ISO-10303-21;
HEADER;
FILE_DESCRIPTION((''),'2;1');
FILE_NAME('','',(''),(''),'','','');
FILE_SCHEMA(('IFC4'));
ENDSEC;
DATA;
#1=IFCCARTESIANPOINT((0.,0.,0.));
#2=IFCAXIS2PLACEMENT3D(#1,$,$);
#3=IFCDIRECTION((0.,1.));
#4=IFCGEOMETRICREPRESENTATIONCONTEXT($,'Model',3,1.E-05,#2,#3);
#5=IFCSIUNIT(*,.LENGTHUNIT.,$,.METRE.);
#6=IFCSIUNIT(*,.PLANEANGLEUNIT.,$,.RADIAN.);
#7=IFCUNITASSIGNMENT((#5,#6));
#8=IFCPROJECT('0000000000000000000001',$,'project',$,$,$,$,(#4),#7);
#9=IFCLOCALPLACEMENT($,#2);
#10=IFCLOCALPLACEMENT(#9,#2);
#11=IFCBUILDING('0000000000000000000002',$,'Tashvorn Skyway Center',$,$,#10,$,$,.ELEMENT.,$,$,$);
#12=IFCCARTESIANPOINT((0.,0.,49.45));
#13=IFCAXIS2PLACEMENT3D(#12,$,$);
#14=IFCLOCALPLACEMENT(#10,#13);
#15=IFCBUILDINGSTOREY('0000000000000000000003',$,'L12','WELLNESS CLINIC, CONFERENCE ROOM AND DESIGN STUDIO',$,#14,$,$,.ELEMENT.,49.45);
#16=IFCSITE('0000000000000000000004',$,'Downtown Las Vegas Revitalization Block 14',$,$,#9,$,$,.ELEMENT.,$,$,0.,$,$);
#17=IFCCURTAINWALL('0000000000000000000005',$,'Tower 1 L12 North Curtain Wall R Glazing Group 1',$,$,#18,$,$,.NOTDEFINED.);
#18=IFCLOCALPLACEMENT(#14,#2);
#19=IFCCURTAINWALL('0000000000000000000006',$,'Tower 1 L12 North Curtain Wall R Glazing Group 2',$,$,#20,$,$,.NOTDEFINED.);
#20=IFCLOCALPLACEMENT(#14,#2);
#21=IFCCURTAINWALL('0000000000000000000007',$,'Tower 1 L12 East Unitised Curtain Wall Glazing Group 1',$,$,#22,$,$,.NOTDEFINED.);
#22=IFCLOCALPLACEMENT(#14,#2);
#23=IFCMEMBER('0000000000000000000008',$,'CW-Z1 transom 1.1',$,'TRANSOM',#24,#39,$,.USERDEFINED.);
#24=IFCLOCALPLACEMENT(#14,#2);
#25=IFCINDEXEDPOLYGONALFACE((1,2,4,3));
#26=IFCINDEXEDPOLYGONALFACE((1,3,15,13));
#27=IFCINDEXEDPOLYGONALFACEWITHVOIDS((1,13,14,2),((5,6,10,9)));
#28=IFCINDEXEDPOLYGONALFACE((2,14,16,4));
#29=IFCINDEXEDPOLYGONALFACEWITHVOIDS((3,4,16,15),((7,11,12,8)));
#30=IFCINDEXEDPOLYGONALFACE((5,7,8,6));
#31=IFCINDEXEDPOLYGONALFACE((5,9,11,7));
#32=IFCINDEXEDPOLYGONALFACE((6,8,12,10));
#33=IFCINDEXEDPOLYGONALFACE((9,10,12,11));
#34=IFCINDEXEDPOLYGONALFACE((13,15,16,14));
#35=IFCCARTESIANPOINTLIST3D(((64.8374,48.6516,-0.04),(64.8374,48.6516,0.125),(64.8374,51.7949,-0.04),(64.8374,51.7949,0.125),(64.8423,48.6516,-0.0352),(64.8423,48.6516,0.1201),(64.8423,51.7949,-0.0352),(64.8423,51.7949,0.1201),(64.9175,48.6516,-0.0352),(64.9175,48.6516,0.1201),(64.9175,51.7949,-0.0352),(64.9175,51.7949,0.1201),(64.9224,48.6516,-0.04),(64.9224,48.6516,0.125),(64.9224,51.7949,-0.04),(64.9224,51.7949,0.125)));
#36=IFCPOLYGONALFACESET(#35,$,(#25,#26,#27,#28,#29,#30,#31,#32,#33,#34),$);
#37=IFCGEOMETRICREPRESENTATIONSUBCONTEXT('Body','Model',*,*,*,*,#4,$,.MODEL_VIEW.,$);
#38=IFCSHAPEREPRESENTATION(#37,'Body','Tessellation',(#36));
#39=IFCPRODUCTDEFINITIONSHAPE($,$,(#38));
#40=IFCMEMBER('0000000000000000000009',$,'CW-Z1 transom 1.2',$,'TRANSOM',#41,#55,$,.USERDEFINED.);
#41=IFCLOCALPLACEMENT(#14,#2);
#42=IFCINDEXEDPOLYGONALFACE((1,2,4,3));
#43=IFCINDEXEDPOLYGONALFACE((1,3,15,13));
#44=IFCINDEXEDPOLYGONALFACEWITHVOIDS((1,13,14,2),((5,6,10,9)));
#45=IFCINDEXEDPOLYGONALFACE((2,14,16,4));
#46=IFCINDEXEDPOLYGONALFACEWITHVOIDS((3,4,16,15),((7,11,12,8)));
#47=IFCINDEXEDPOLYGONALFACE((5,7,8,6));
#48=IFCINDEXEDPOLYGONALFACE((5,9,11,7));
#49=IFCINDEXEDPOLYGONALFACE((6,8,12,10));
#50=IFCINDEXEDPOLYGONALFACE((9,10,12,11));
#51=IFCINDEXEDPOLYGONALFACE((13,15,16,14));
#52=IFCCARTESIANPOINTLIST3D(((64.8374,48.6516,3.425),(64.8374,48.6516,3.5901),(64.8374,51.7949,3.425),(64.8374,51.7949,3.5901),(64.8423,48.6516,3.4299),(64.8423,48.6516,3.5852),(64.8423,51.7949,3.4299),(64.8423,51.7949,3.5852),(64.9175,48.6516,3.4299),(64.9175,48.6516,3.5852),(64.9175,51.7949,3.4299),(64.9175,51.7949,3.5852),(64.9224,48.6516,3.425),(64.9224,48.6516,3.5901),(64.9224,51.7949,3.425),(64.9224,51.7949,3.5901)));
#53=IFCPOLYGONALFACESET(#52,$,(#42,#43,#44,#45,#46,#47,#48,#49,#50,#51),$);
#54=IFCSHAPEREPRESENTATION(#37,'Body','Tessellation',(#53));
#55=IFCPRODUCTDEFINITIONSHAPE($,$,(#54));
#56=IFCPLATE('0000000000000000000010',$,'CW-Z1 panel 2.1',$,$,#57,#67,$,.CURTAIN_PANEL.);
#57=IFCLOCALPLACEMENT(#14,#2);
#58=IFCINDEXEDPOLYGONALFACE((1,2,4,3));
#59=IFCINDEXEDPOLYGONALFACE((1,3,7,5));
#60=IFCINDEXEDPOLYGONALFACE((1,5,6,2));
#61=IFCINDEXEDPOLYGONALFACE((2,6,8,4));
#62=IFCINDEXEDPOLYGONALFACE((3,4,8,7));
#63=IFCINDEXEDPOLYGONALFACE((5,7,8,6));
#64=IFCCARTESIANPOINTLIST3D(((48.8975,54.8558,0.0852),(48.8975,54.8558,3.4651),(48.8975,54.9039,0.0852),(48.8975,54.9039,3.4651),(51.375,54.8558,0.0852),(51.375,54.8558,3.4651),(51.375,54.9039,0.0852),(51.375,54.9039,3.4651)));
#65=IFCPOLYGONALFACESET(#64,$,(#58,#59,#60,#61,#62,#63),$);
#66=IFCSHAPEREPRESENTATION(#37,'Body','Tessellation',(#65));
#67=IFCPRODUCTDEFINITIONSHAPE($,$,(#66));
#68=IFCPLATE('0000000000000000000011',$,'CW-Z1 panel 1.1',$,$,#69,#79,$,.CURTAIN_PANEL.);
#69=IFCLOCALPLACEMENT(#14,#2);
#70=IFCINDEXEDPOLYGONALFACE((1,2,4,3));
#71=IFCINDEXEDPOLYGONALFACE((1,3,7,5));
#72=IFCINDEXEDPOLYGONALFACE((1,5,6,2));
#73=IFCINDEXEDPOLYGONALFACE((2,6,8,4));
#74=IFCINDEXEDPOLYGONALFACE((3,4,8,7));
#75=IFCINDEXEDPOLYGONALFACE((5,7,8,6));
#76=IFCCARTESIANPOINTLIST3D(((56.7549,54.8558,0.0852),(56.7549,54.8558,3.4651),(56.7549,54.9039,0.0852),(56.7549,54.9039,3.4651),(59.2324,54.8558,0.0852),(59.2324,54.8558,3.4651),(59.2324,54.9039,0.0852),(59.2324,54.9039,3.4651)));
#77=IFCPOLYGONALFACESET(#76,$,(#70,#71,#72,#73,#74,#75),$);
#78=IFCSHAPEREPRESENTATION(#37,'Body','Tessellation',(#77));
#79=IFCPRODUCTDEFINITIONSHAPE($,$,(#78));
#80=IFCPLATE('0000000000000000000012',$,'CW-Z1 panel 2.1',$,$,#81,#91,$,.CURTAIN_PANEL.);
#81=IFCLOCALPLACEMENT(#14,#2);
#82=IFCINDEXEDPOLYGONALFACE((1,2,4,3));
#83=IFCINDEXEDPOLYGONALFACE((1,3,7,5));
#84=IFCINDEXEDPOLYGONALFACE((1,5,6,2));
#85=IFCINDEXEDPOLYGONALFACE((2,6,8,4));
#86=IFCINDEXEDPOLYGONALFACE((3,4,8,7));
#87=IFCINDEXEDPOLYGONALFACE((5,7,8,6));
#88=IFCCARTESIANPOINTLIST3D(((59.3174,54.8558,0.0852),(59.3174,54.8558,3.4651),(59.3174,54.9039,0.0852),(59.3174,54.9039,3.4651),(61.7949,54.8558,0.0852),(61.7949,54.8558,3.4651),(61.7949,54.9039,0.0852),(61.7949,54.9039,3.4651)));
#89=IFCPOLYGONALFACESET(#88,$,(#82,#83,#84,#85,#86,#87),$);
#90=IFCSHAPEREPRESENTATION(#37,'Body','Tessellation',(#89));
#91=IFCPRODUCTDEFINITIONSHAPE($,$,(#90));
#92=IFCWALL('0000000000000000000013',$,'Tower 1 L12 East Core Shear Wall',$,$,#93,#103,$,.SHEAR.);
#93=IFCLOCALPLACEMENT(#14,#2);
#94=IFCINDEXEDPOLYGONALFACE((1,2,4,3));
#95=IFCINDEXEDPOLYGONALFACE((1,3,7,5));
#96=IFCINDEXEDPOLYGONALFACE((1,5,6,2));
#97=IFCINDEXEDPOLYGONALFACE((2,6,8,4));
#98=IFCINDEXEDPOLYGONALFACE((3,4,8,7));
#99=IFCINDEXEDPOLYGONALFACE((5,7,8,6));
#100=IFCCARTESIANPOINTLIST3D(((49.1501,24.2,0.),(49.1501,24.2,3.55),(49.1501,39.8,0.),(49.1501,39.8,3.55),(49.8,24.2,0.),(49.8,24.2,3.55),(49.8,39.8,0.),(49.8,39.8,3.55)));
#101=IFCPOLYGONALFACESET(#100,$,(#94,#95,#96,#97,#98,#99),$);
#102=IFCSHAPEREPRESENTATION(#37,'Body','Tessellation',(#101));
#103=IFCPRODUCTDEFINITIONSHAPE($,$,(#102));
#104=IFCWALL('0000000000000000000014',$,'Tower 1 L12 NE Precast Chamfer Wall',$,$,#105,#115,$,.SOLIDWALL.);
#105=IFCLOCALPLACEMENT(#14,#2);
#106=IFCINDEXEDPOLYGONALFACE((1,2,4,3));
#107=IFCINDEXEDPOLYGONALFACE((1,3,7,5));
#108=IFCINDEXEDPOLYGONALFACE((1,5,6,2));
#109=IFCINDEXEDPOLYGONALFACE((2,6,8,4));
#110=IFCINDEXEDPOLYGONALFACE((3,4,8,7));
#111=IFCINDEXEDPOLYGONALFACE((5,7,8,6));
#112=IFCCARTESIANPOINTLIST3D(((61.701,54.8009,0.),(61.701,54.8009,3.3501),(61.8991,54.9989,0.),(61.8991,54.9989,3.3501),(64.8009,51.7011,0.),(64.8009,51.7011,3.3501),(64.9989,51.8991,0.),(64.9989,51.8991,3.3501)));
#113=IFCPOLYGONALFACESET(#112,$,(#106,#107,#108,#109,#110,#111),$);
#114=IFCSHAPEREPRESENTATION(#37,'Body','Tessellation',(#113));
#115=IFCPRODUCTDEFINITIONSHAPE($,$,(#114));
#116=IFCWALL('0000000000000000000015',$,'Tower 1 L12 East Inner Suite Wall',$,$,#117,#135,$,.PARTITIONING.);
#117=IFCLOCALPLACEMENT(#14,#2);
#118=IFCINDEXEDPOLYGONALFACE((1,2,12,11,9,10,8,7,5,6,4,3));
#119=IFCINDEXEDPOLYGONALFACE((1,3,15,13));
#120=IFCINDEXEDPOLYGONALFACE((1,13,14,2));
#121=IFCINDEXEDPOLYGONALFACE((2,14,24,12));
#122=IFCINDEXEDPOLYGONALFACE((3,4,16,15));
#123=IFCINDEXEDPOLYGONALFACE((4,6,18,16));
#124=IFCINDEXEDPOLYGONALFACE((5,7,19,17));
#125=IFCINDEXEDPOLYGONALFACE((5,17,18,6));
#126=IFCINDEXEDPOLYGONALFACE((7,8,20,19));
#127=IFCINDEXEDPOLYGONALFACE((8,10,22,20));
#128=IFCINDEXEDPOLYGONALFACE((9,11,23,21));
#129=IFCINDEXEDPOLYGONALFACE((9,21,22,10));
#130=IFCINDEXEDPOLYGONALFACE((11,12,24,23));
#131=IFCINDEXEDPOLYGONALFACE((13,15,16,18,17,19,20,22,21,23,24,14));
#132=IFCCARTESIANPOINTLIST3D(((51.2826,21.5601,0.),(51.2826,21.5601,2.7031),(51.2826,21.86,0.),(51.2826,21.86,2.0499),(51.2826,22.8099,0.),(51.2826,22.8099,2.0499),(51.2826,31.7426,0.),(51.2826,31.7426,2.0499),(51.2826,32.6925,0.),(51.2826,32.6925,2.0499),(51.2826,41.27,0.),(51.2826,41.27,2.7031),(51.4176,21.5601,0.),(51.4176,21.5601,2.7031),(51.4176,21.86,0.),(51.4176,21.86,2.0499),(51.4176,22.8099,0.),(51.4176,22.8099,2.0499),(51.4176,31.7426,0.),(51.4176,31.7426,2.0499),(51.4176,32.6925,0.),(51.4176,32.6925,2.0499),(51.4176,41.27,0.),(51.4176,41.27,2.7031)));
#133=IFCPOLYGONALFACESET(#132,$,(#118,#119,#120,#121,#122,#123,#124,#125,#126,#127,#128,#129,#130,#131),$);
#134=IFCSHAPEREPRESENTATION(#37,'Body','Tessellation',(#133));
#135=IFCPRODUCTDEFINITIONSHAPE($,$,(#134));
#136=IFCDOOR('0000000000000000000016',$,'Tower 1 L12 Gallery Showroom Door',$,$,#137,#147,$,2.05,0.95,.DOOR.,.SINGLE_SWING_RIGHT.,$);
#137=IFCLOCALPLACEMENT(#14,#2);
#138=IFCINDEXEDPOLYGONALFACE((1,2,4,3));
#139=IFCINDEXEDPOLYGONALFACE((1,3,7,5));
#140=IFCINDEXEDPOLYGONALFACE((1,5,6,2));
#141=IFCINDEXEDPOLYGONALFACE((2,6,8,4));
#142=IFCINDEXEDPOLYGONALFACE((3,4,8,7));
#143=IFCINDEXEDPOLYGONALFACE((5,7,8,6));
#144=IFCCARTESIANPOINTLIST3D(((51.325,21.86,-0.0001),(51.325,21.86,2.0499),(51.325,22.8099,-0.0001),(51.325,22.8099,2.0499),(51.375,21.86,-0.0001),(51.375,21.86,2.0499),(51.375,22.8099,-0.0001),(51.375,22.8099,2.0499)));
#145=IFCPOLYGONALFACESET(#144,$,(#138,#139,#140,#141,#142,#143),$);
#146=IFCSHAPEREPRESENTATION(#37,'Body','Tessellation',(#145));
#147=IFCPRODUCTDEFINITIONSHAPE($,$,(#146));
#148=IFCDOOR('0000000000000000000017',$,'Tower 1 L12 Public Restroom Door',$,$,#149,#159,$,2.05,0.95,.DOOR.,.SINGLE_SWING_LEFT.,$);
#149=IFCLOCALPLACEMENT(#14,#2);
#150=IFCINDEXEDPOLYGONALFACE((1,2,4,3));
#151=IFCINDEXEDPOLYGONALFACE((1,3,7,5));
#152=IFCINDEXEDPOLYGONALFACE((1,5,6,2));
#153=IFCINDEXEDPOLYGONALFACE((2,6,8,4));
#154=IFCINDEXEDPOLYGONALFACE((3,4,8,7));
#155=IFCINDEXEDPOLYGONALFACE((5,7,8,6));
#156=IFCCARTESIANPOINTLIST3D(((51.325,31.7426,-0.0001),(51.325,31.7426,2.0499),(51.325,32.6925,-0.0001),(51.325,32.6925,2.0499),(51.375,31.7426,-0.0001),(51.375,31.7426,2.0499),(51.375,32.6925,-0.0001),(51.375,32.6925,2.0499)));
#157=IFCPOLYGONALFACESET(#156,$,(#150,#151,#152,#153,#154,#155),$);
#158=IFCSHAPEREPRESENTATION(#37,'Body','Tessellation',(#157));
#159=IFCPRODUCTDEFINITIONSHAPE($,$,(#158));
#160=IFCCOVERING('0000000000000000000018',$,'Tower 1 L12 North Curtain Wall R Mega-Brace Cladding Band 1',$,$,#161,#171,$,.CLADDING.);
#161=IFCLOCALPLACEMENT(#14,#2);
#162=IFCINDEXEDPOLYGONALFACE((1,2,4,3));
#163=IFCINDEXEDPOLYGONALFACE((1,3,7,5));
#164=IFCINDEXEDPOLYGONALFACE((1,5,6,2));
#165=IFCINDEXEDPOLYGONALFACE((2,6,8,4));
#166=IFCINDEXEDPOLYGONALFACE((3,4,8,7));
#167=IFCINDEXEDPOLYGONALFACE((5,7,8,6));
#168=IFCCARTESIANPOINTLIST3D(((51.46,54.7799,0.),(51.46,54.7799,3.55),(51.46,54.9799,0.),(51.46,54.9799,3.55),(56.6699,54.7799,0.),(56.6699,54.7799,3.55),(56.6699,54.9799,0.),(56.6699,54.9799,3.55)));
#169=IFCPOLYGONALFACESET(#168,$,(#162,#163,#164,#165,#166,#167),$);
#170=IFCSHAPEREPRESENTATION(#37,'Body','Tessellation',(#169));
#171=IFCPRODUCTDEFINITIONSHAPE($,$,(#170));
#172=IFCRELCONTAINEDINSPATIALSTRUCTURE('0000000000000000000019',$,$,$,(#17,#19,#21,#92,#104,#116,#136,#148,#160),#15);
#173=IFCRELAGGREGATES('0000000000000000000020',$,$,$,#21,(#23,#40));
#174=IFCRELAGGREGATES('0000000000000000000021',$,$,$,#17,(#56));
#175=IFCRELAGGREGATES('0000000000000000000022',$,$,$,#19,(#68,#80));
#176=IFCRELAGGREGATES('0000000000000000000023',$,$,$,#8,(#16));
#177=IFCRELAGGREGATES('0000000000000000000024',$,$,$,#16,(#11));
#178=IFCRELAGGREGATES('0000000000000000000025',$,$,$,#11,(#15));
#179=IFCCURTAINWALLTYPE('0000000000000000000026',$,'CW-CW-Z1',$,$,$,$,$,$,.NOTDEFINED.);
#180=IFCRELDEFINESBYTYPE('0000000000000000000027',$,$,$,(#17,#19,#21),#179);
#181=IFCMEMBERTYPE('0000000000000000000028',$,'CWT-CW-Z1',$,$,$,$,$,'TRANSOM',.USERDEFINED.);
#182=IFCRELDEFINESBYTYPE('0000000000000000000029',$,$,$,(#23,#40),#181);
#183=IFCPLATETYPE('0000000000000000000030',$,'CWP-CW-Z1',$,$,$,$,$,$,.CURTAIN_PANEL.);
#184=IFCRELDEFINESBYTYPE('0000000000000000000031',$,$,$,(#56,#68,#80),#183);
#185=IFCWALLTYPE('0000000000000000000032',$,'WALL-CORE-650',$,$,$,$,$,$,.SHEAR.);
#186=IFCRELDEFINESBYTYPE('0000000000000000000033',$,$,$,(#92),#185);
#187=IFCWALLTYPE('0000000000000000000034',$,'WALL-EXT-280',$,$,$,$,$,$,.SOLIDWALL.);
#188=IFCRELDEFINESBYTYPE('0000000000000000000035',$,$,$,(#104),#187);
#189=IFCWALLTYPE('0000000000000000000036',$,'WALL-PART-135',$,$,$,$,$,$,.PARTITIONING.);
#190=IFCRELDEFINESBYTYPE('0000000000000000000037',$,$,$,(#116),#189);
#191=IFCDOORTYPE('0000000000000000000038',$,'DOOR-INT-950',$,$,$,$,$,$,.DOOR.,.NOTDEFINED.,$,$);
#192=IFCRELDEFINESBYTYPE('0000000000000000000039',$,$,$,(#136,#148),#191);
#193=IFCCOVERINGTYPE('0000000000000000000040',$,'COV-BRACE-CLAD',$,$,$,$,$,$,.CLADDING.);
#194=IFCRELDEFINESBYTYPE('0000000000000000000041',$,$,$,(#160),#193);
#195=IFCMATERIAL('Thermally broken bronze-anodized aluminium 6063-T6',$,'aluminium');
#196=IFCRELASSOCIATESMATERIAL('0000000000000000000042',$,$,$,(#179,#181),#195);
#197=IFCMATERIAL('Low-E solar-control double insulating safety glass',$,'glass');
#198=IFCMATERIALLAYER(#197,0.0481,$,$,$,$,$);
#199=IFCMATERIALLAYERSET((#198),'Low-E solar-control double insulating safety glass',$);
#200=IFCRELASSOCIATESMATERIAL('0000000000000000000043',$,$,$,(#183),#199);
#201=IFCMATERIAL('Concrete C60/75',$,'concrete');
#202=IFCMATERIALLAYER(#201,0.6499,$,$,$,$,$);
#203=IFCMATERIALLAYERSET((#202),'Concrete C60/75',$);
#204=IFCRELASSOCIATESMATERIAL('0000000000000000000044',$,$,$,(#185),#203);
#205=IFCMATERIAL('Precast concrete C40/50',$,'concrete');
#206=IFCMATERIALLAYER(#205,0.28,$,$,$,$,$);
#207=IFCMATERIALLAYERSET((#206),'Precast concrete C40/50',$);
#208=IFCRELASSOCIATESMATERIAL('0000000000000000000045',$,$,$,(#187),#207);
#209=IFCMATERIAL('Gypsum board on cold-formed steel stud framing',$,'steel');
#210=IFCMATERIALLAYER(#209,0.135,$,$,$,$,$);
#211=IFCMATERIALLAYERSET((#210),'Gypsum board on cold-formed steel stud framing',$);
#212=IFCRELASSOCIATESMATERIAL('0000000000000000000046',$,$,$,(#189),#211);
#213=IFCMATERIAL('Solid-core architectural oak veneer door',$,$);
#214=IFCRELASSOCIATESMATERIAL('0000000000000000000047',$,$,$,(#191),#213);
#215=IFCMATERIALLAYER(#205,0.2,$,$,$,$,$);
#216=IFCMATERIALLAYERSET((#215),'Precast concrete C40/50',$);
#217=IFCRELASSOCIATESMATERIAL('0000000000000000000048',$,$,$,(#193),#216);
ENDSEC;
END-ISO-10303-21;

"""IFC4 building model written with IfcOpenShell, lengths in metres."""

from ifc_helpers import new_model, si_unit, direction, frame, frame_2d, origin, origin_2d, place, context, subcontext, project, spatial, rectangle, hollow_rectangle, extrude, material, layer, layer_set, material_profile, profile_set, type_object, element, fill, aggregate, save


model = new_model("IFC4")

# Units and contexts
model_context = context("Model", 3, precision=1e-05, world=origin(), true_north=direction((0.0, 1.0)))
body_context = subcontext(model_context, "Body", "Model", "MODEL_VIEW")
ifc_project = project(units=[si_unit("LENGTHUNIT", "METRE"), si_unit("PLANEANGLEUNIT", "RADIAN")], contexts=[model_context])

# Site, building, storey
site_placement = place(None, origin())
site = spatial("IfcSite", under=ifc_project, at=site_placement, Name="Downtown Las Vegas Revitalization Block 14", CompositionType="ELEMENT", RefElevation=0.0)
building_placement = place(site_placement, origin())
building = spatial("IfcBuilding", under=site, at=building_placement, Name="Tashvorn Skyway Center", CompositionType="ELEMENT")
storey_placement = place(building_placement, frame((0.0, 0.0, 49.45)))
storey = spatial("IfcBuildingStorey", under=building, at=storey_placement, Name="L12", Description="WELLNESS CLINIC, CONFERENCE ROOM AND DESIGN STUDIO", CompositionType="ELEMENT", Elevation=49.45)

# Curtain walls
ifc_material_1 = material(Name="Thermally broken bronze-anodized aluminium 6063-T6", Category="aluminium")
curtain_wall_type = type_object("IfcCurtainWallType", Name="CW-CW-Z1", PredefinedType="NOTDEFINED", material=ifc_material_1)
curtain_wall_1_placement = place(storey_placement, origin())
curtain_wall_1 = element("IfcCurtainWall", 1, at=curtain_wall_1_placement, inside=storey, type_object=curtain_wall_type, Name="Tower 1 L12 North Curtain Wall R Glazing Group 1", PredefinedType="NOTDEFINED")
curtain_wall_2_placement = place(storey_placement, origin())
curtain_wall_2 = element("IfcCurtainWall", 2, at=curtain_wall_2_placement, inside=storey, type_object=curtain_wall_type, Name="Tower 1 L12 North Curtain Wall R Glazing Group 2", PredefinedType="NOTDEFINED")
curtain_wall_3_placement = place(storey_placement, origin())
curtain_wall_3 = element("IfcCurtainWall", 3, at=curtain_wall_3_placement, inside=storey, type_object=curtain_wall_type, Name="Tower 1 L12 East Unitised Curtain Wall Glazing Group 1", PredefinedType="NOTDEFINED")

# Members
ifc_material_profile_1 = material_profile(ifc_material_1, hollow_rectangle(XDim=0.085, YDim=0.165, WallThickness=0.0049, at=origin_2d()), Name="ALU-TRAN-85x165")
ifc_profile_set_1 = profile_set([ifc_material_profile_1], Name="Thermally broken bronze-anodized aluminium 6063-T6")
member_type_1 = type_object("IfcMemberType", Name="CWT-CW-Z1", ElementType="TRANSOM", PredefinedType="USERDEFINED", material=ifc_profile_set_1)
member_1_placement = place(storey_placement, frame((64.8799, 51.7949, 0.0425), z_axis=(0.0, -1.0, 0.0), x_axis=(1.0, 0.0, 0.0)))
member_1 = element("IfcMember", 4, at=member_1_placement, type_object=member_type_1, Name="CW-Z1 transom 1.1", ObjectType="TRANSOM", PredefinedType="USERDEFINED", context=body_context, shape_type="SweptSolid", body=[
    extrude(hollow_rectangle(XDim=0.085, YDim=0.165, WallThickness=0.0049, at=origin_2d()), origin(), (0.0, 0.0, 1.0), 3.1433),
])
member_2_placement = place(storey_placement, frame((64.8799, 51.7949, 3.5076), z_axis=(0.0, -1.0, 0.0), x_axis=(1.0, 0.0, 0.0)))
member_2 = element("IfcMember", 5, at=member_2_placement, type_object=member_type_1, Name="CW-Z1 transom 1.2", ObjectType="TRANSOM", PredefinedType="USERDEFINED", context=body_context, shape_type="SweptSolid", body=[
    extrude(hollow_rectangle(XDim=0.085, YDim=0.165, WallThickness=0.0049, at=origin_2d()), origin(), (0.0, 0.0, 1.0), 3.1433),
])
aggregate(curtain_wall_3, [member_1, member_2])

# Plates
ifc_material_2 = material(Name="Low-E solar-control double insulating safety glass", Category="glass")
ifc_layer_1 = layer(ifc_material_2, 0.0481)
ifc_layer_set_1 = layer_set([ifc_layer_1], Name="Low-E solar-control double insulating safety glass")
plate_type = type_object("IfcPlateType", Name="CWP-CW-Z1", PredefinedType="CURTAIN_PANEL", material=ifc_layer_set_1)
plate_1_placement = place(storey_placement, frame((50.1362, 54.8799, 0.0852), z_axis=(0.0, 0.0, 1.0), x_axis=(1.0, 0.0, 0.0)))
plate_1 = element("IfcPlate", 6, at=plate_1_placement, type_object=plate_type, Name="CW-Z1 panel 2.1", PredefinedType="CURTAIN_PANEL", context=body_context, shape_type="SweptSolid", body=[
    extrude(rectangle(XDim=2.4775, YDim=0.0481, at=origin_2d()), origin(), (0.0, 0.0, 1.0), 3.3799),
])
aggregate(curtain_wall_1, [plate_1])
plate_2_placement = place(storey_placement, frame((57.9937, 54.8799, 0.0852), z_axis=(0.0, 0.0, 1.0), x_axis=(1.0, 0.0, 0.0)))
plate_2 = element("IfcPlate", 7, at=plate_2_placement, type_object=plate_type, Name="CW-Z1 panel 1.1", PredefinedType="CURTAIN_PANEL", context=body_context, shape_type="SweptSolid", body=[
    extrude(rectangle(XDim=2.4775, YDim=0.0481, at=origin_2d()), origin(), (0.0, 0.0, 1.0), 3.3799),
])
plate_3_placement = place(storey_placement, frame((60.5562, 54.8799, 0.0852), z_axis=(0.0, 0.0, 1.0), x_axis=(1.0, 0.0, 0.0)))
plate_3 = element("IfcPlate", 8, at=plate_3_placement, type_object=plate_type, Name="CW-Z1 panel 2.1", PredefinedType="CURTAIN_PANEL", context=body_context, shape_type="SweptSolid", body=[
    extrude(rectangle(XDim=2.4775, YDim=0.0481, at=origin_2d()), origin(), (0.0, 0.0, 1.0), 3.3799),
])
aggregate(curtain_wall_2, [plate_2, plate_3])

# Walls
ifc_material_3 = material(Name="Concrete C60/75", Category="concrete")
ifc_layer_2 = layer(ifc_material_3, 0.6499)
ifc_layer_set_2 = layer_set([ifc_layer_2], Name="Concrete C60/75")
wall_type_1 = type_object("IfcWallType", Name="WALL-CORE-650", PredefinedType="SHEAR", material=ifc_layer_set_2)
wall_1_placement = place(storey_placement, frame((49.4751, 39.8, 0.0), z_axis=(0.0, 0.0, 1.0), x_axis=(0.0, -1.0, 0.0)))
element("IfcWall", 9, at=wall_1_placement, inside=storey, type_object=wall_type_1, Name="Tower 1 L12 East Core Shear Wall", PredefinedType="SHEAR", context=body_context, shape_type="SweptSolid", body=[
    extrude(rectangle(XDim=15.6001, YDim=0.6499, at=frame_2d((7.8, 0.0))), origin(), (0.0, 0.0, 1.0), 3.55),
])
ifc_material_4 = material(Name="Precast concrete C40/50", Category="concrete")
ifc_layer_3 = layer(ifc_material_4, 0.28)
ifc_layer_set_3 = layer_set([ifc_layer_3], Name="Precast concrete C40/50")
wall_type_2 = type_object("IfcWallType", Name="WALL-EXT-280", PredefinedType="SOLIDWALL", material=ifc_layer_set_3)
wall_2_placement = place(storey_placement, frame((61.8, 54.8999, 0.0), z_axis=(0.0, 0.0, 1.0), x_axis=(0.707107, -0.707107, 0.0)))
element("IfcWall", 10, at=wall_2_placement, inside=storey, type_object=wall_type_2, Name="Tower 1 L12 NE Precast Chamfer Wall", PredefinedType="SOLIDWALL", context=body_context, shape_type="SweptSolid", body=[
    extrude(rectangle(XDim=4.3838, YDim=0.28, at=frame_2d((2.1919, 0.0))), origin(), (0.0, 0.0, 1.0), 3.3501),
])

# Wall, openings, doors
ifc_material_5 = material(Name="Gypsum board on cold-formed steel stud framing", Category="steel")
ifc_layer_4 = layer(ifc_material_5, 0.135)
ifc_layer_set_4 = layer_set([ifc_layer_4], Name="Gypsum board on cold-formed steel stud framing")
wall_type_3 = type_object("IfcWallType", Name="WALL-PART-135", PredefinedType="PARTITIONING", material=ifc_layer_set_4)
wall_3_placement = place(storey_placement, frame((51.3501, 41.27, 0.0), z_axis=(0.0, 0.0, 1.0), x_axis=(0.0, -1.0, 0.0)))
wall_3 = element("IfcWall", 11, at=wall_3_placement, inside=storey, type_object=wall_type_3, Name="Tower 1 L12 East Inner Suite Wall", PredefinedType="PARTITIONING", context=body_context, shape_type="SweptSolid", body=[
    extrude(rectangle(XDim=19.71, YDim=0.135, at=frame_2d((9.855, 0.0))), origin(), (0.0, 0.0, 1.0), 2.7031),
])
opening_1_placement = place(wall_3_placement, frame((18.46, 0.0, 0.0)))
opening_1 = element("IfcOpeningElement", 12, at=opening_1_placement, cuts=wall_3, PredefinedType="OPENING", context=body_context, shape_type="SweptSolid", body=[
    extrude(rectangle(XDim=0.95, YDim=2.05, at=frame_2d((0.4751, 1.0249))), frame((0.0, 0.0774, 0.0), z_axis=(0.0, -1.0, 0.0), x_axis=(1.0, 0.0, 0.0)), (0.0, 0.0, 1.0), 0.155),
])
opening_2_placement = place(wall_3_placement, frame((8.5774, 0.0, 0.0)))
opening_2 = element("IfcOpeningElement", 13, at=opening_2_placement, cuts=wall_3, PredefinedType="OPENING", context=body_context, shape_type="SweptSolid", body=[
    extrude(rectangle(XDim=0.95, YDim=2.05, at=frame_2d((0.4751, 1.0249))), frame((0.0, 0.0774, 0.0), z_axis=(0.0, -1.0, 0.0), x_axis=(1.0, 0.0, 0.0)), (0.0, 0.0, 1.0), 0.155),
])
ifc_material_6 = material(Name="Solid-core architectural oak veneer door")
door_type = type_object("IfcDoorType", Name="DOOR-INT-950", OperationType="NOTDEFINED", PredefinedType="DOOR", material=ifc_material_6)
door_1_placement = place(opening_1_placement, origin())
door_1 = element("IfcDoor", 14, at=door_1_placement, inside=storey, type_object=door_type, Name="Tower 1 L12 Gallery Showroom Door", OperationType="SINGLE_SWING_RIGHT", OverallHeight=2.05, OverallWidth=0.95, PredefinedType="DOOR", context=body_context, shape_type="SweptSolid", body=[
    extrude(rectangle(XDim=0.95, YDim=2.05, at=frame_2d((0.4751, 1.0249))), frame((0.0, 0.0249, 0.0), z_axis=(0.0, -1.0, 0.0), x_axis=(1.0, 0.0, 0.0)), (0.0, 0.0, 1.0), 0.05),
])
fill(opening_1, door_1)
door_2_placement = place(opening_2_placement, origin())
door_2 = element("IfcDoor", 15, at=door_2_placement, inside=storey, type_object=door_type, Name="Tower 1 L12 Public Restroom Door", OperationType="SINGLE_SWING_LEFT", OverallHeight=2.05, OverallWidth=0.95, PredefinedType="DOOR", context=body_context, shape_type="SweptSolid", body=[
    extrude(rectangle(XDim=0.95, YDim=2.05, at=frame_2d((0.4751, 1.0249))), frame((0.0, 0.0249, 0.0), z_axis=(0.0, -1.0, 0.0), x_axis=(1.0, 0.0, 0.0)), (0.0, 0.0, 1.0), 0.05),
])
fill(opening_2, door_2)

# Covering
ifc_layer_5 = layer(ifc_material_4, 0.2)
ifc_layer_set_5 = layer_set([ifc_layer_5], Name="Precast concrete C40/50")
covering_type_1 = type_object("IfcCoveringType", Name="COV-BRACE-CLAD", PredefinedType="CLADDING", material=ifc_layer_set_5)
covering_1_placement = place(storey_placement, frame((54.0649, 54.8799, 0.0), z_axis=(0.0, 0.0, 1.0), x_axis=(1.0, 0.0, 0.0)))
element("IfcCovering", 16, at=covering_1_placement, inside=storey, type_object=covering_type_1, Name="Tower 1 L12 North Curtain Wall R Mega-Brace Cladding Band 1", PredefinedType="CLADDING", context=body_context, shape_type="SweptSolid", body=[
    extrude(rectangle(XDim=5.21, YDim=0.2, at=origin_2d()), origin(), (0.0, 0.0, 1.0), 3.55),
])

save(model, "model.ifc")
